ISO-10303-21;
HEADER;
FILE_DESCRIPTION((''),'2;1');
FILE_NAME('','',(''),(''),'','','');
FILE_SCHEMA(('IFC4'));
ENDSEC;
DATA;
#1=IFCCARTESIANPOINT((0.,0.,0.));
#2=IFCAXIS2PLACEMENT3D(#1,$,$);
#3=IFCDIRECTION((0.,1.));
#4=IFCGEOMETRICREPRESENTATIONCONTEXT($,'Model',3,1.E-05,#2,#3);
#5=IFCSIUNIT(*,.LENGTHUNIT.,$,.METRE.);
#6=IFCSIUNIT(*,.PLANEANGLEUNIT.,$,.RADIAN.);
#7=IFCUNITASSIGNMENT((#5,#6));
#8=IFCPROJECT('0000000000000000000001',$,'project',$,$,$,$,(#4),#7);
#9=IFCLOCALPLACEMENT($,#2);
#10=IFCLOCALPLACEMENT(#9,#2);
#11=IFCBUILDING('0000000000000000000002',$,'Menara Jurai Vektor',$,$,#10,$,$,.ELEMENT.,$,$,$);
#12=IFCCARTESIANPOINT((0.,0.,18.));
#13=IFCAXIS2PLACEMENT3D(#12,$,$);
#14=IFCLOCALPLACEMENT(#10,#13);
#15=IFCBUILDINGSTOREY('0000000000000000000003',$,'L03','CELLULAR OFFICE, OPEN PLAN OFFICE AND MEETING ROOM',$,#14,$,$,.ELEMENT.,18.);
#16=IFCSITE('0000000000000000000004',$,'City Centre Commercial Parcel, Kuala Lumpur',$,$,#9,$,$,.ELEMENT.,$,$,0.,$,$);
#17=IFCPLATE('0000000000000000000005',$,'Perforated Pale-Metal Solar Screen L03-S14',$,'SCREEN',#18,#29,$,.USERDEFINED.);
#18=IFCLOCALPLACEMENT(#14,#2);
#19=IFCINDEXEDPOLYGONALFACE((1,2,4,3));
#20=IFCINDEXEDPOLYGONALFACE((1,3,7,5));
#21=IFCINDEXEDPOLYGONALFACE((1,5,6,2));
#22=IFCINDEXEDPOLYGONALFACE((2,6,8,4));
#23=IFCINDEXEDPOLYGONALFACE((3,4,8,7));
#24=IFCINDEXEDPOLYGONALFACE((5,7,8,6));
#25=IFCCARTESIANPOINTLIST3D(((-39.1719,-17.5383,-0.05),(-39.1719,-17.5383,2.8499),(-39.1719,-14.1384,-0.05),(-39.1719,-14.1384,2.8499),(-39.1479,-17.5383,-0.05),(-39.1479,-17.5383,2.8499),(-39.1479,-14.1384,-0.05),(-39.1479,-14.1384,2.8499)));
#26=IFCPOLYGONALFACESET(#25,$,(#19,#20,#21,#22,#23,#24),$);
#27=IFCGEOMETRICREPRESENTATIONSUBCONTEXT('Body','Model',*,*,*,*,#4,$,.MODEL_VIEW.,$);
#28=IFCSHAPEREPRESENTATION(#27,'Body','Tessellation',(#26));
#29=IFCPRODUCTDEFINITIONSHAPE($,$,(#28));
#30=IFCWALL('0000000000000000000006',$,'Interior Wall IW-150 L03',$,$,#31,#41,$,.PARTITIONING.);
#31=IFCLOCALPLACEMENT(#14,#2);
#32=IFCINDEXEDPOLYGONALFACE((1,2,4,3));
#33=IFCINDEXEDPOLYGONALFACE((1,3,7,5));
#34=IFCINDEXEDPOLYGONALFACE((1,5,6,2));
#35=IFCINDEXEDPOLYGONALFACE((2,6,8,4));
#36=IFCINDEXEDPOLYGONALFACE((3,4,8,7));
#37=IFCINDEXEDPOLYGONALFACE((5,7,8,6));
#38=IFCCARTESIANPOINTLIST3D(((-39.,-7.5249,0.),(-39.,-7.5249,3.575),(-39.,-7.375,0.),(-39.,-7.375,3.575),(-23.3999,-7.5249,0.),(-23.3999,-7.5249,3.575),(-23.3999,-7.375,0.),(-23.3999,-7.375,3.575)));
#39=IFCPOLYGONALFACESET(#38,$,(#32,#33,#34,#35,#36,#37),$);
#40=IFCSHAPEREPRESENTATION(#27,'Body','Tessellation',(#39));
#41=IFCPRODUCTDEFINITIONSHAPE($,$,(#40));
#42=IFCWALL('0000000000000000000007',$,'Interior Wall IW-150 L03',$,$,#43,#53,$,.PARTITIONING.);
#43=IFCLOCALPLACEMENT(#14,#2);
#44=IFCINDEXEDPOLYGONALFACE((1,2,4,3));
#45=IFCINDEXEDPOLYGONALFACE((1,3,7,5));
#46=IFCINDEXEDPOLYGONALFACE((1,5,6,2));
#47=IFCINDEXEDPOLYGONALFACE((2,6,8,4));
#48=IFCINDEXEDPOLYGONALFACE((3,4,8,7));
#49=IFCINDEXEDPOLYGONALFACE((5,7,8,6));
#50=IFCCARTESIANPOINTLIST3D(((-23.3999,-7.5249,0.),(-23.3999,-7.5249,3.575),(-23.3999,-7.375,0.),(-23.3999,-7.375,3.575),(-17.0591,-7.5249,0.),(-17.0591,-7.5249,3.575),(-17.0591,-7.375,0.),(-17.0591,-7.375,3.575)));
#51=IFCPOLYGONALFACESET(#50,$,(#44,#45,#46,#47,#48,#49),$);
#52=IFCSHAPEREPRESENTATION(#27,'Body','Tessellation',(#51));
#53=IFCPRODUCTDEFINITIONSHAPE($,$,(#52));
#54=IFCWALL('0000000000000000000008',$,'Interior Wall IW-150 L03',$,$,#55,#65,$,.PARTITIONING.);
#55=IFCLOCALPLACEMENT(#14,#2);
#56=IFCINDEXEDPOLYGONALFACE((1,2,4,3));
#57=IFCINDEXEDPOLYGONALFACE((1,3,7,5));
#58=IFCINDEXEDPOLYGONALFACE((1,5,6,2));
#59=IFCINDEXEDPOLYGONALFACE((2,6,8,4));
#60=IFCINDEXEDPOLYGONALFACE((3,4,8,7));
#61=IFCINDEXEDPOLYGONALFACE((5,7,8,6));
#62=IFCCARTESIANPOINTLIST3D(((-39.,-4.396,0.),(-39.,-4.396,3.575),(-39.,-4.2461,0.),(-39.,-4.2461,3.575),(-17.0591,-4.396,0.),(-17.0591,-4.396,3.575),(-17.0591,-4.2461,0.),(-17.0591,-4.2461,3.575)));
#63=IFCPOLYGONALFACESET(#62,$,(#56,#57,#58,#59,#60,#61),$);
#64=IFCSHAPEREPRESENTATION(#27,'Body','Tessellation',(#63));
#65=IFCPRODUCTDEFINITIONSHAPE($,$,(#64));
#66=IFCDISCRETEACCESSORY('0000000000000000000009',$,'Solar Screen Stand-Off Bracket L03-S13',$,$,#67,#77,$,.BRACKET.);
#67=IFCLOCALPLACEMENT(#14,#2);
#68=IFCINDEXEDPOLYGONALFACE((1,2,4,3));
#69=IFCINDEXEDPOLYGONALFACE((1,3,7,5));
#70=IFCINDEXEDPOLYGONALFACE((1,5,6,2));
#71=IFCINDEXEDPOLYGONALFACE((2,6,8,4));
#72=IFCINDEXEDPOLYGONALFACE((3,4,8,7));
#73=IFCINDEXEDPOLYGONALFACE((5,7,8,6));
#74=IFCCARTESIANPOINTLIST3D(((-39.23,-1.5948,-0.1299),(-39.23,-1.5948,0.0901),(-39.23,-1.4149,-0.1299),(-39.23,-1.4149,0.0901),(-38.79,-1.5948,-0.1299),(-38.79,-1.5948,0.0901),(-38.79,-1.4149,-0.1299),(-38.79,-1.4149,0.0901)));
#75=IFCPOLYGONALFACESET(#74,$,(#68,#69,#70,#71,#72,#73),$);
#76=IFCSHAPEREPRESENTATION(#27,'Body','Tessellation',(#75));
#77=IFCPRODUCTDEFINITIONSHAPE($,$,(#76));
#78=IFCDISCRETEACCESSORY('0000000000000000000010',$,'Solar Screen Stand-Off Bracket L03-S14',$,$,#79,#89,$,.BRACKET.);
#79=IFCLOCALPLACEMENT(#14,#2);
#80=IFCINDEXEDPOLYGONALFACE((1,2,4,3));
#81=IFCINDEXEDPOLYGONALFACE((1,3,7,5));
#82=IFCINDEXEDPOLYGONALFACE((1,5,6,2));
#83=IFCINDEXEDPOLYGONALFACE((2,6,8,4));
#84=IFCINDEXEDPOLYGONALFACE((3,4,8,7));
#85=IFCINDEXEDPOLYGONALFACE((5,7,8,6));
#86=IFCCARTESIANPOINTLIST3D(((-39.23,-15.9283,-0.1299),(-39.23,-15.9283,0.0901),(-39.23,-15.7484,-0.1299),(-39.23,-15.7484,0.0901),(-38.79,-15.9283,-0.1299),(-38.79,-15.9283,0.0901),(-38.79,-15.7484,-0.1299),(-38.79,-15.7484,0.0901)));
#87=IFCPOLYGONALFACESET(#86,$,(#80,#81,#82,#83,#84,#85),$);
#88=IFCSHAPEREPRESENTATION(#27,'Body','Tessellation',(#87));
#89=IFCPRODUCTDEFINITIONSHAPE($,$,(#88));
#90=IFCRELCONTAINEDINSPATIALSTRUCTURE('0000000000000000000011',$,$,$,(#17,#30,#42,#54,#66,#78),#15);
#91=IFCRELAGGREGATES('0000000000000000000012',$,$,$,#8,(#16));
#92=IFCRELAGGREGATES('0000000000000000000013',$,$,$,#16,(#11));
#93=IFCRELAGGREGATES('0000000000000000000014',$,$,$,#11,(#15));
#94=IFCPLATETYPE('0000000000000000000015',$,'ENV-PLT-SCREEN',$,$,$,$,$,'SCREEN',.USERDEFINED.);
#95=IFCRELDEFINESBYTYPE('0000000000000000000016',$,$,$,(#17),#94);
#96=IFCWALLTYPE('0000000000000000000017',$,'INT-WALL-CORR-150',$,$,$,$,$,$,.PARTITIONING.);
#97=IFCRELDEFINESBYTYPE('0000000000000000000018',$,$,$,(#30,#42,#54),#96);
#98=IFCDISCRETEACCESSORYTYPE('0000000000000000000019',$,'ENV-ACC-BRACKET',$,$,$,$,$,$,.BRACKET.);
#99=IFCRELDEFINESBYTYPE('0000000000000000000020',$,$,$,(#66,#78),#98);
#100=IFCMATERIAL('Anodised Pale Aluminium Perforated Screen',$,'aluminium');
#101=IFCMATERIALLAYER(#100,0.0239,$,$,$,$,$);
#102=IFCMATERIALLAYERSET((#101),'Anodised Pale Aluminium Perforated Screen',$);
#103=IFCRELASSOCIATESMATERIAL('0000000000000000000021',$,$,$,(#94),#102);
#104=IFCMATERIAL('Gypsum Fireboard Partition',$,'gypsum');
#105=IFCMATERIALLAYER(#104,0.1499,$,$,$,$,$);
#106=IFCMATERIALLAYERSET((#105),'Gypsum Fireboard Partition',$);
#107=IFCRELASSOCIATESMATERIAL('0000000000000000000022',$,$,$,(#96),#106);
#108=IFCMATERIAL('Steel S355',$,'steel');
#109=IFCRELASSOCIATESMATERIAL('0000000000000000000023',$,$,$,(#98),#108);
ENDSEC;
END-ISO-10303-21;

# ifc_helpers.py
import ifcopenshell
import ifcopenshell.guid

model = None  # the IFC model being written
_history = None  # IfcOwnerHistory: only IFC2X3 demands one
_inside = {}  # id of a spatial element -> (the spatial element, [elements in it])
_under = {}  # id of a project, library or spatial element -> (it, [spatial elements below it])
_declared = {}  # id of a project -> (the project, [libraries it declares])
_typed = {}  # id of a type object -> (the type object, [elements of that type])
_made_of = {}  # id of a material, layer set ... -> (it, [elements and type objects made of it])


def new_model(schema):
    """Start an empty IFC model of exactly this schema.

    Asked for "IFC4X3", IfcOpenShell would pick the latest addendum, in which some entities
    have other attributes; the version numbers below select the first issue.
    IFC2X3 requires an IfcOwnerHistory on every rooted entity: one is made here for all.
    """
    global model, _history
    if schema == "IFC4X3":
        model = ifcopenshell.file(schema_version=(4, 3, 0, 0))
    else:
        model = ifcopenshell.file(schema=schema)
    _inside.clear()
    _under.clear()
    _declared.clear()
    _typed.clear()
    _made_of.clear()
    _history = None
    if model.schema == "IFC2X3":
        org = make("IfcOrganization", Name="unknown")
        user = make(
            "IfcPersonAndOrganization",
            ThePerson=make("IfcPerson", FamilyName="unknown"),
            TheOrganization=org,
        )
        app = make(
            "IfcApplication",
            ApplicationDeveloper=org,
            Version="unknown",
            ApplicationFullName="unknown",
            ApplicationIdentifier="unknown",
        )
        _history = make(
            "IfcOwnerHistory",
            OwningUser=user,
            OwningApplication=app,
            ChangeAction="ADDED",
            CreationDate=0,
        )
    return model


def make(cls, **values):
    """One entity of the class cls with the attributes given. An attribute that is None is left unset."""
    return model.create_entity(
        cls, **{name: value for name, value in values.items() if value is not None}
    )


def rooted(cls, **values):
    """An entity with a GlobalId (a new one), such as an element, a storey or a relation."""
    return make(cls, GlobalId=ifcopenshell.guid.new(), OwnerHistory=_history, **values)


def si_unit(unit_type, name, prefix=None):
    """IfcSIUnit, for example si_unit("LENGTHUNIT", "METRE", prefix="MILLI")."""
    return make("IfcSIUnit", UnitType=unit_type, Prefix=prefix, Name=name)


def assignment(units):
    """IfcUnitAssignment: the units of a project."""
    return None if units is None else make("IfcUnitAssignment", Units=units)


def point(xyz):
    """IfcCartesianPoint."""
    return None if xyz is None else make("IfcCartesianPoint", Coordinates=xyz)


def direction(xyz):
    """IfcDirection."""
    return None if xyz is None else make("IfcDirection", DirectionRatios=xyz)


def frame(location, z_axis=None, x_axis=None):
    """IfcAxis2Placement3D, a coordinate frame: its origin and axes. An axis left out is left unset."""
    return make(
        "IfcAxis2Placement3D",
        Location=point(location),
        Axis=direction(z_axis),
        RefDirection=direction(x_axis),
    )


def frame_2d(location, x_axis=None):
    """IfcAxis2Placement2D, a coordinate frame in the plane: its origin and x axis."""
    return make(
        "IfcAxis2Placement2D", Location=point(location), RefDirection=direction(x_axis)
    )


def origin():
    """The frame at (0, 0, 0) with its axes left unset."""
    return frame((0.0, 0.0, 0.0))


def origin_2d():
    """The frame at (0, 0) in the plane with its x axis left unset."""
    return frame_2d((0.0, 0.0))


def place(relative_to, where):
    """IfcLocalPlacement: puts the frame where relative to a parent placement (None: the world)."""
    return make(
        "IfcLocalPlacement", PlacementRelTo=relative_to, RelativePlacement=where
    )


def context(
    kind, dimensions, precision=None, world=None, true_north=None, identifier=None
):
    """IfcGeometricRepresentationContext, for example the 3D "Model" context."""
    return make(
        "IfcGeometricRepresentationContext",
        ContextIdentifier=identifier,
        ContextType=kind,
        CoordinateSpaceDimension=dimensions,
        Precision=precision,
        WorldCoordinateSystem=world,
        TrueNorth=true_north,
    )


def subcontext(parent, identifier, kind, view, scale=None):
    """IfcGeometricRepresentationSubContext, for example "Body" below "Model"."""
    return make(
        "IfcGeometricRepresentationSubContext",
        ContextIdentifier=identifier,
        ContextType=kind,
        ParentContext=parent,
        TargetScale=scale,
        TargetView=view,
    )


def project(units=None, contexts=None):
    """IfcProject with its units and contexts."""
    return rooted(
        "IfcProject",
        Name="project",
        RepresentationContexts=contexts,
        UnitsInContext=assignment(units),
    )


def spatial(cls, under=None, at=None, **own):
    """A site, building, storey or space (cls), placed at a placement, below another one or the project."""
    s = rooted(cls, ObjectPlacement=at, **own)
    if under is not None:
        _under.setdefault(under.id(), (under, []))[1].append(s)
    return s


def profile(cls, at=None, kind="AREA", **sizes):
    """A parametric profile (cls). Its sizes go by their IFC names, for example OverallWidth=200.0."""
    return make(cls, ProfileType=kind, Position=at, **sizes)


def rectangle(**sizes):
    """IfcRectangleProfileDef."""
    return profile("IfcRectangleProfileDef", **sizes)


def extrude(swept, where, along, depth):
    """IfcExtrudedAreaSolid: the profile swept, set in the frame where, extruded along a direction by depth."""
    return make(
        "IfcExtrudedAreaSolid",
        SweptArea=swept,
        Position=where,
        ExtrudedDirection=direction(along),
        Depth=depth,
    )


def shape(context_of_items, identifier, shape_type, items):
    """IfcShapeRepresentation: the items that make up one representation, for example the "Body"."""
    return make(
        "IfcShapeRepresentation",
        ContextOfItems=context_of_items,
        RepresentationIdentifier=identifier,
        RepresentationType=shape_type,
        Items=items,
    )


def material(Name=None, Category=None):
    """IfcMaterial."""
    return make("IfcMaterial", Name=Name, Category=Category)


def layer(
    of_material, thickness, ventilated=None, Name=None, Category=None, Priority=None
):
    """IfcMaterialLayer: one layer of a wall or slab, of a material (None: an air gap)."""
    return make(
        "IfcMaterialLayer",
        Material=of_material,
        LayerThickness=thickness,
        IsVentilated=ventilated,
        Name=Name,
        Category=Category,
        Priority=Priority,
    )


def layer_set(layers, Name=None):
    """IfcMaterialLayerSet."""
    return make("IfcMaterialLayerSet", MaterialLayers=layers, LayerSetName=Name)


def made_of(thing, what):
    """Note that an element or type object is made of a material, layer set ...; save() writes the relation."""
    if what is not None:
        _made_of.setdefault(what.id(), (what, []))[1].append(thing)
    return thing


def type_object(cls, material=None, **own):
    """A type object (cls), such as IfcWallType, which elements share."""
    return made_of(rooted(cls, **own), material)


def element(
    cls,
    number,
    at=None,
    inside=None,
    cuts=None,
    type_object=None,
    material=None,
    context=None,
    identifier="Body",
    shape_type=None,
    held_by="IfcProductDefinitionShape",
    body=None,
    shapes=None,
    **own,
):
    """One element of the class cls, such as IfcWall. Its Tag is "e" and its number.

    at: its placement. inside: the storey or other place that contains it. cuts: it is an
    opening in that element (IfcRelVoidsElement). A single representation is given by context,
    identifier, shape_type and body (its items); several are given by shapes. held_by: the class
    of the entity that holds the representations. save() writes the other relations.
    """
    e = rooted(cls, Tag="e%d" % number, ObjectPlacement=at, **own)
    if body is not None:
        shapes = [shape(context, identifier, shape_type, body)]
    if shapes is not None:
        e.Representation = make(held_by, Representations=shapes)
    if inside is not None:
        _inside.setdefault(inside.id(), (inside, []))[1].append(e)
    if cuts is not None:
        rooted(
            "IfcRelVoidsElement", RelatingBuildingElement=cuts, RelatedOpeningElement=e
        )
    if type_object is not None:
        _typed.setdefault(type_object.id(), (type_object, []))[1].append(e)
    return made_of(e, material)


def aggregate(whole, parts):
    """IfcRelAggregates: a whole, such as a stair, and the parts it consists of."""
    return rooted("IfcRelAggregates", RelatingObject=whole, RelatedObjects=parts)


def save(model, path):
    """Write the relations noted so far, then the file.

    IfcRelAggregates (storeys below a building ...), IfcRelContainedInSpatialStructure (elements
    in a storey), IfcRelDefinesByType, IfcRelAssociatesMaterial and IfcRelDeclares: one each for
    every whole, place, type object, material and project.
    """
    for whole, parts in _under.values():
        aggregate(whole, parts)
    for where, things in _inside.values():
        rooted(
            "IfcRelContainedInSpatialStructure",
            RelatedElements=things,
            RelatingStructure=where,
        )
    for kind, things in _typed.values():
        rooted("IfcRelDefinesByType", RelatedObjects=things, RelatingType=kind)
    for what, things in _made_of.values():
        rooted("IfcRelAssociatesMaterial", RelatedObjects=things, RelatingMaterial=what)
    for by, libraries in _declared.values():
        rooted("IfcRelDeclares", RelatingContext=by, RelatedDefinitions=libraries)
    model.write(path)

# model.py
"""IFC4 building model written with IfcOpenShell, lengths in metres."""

from ifc_helpers import new_model, si_unit, direction, frame, frame_2d, origin, origin_2d, place, context, subcontext, project, spatial, rectangle, extrude, material, layer, layer_set, type_object, element, save


model = new_model("IFC4")

# Units and contexts
model_context = context("Model", 3, precision=1e-05, world=origin(), true_north=direction((0.0, 1.0)))
body_context = subcontext(model_context, "Body", "Model", "MODEL_VIEW")
ifc_project = project(units=[si_unit("LENGTHUNIT", "METRE"), si_unit("PLANEANGLEUNIT", "RADIAN")], contexts=[model_context])

# Site, building, storey
site_placement = place(None, origin())
site = spatial("IfcSite", under=ifc_project, at=site_placement, Name="City Centre Commercial Parcel, Kuala Lumpur", CompositionType="ELEMENT", RefElevation=0.0)
building_placement = place(site_placement, origin())
building = spatial("IfcBuilding", under=site, at=building_placement, Name="Menara Jurai Vektor", CompositionType="ELEMENT")
storey_placement = place(building_placement, frame((0.0, 0.0, 18.0)))
storey = spatial("IfcBuildingStorey", under=building, at=storey_placement, Name="L03", Description="CELLULAR OFFICE, OPEN PLAN OFFICE AND MEETING ROOM", CompositionType="ELEMENT", Elevation=18.0)

# Shared definitions
ifc_material_1 = material(Name="Steel S355", Category="steel")

# Plate
ifc_material_2 = material(Name="Anodised Pale Aluminium Perforated Screen", Category="aluminium")
ifc_layer_1 = layer(ifc_material_2, 0.0239)
ifc_layer_set_1 = layer_set([ifc_layer_1], Name="Anodised Pale Aluminium Perforated Screen")
plate_type_1 = type_object("IfcPlateType", Name="ENV-PLT-SCREEN", ElementType="SCREEN", PredefinedType="USERDEFINED", material=ifc_layer_set_1)
for number, where, z_axis, x_axis, name in (
    (1, (-39.1599, -15.8384, -0.05), (0.0, 0.0, 1.0), (0.0, -1.0, 0.0), "Perforated Pale-Metal Solar Screen L03-S14"),
):
    element("IfcPlate", number, at=place(storey_placement, frame(where, z_axis=z_axis, x_axis=x_axis)), inside=storey, type_object=plate_type_1, Name=name, ObjectType="SCREEN", PredefinedType="USERDEFINED", context=body_context, shape_type="SweptSolid", body=[
        extrude(rectangle(XDim=3.3999, YDim=0.0239, at=origin_2d()), origin(), (0.0, 0.0, 1.0), 2.8999),
    ])

# Walls
ifc_material_3 = material(Name="Gypsum Fireboard Partition", Category="gypsum")
ifc_layer_2 = layer(ifc_material_3, 0.1499)
ifc_layer_set_2 = layer_set([ifc_layer_2], Name="Gypsum Fireboard Partition")
wall_type = type_object("IfcWallType", Name="INT-WALL-CORR-150", PredefinedType="PARTITIONING", material=ifc_layer_set_2)
wall_1_placement = place(storey_placement, frame((-39.0, -7.45, 0.0), z_axis=(0.0, 0.0, 1.0), x_axis=(1.0, 0.0, 0.0)))
element("IfcWall", 2, at=wall_1_placement, inside=storey, type_object=wall_type, Name="Interior Wall IW-150 L03", PredefinedType="PARTITIONING", context=body_context, shape_type="SweptSolid", body=[
    extrude(rectangle(XDim=15.6001, YDim=0.1499, at=frame_2d((7.8, 0.0))), origin(), (0.0, 0.0, 1.0), 3.575),
])
wall_2_placement = place(storey_placement, frame((-23.3999, -7.45, 0.0), z_axis=(0.0, 0.0, 1.0), x_axis=(1.0, 0.0, 0.0)))
element("IfcWall", 3, at=wall_2_placement, inside=storey, type_object=wall_type, Name="Interior Wall IW-150 L03", PredefinedType="PARTITIONING", context=body_context, shape_type="SweptSolid", body=[
    extrude(rectangle(XDim=6.3408, YDim=0.1499, at=frame_2d((3.1704, 0.0))), origin(), (0.0, 0.0, 1.0), 3.575),
])
wall_3_placement = place(storey_placement, frame((-39.0, -4.321, 0.0), z_axis=(0.0, 0.0, 1.0), x_axis=(1.0, 0.0, 0.0)))
element("IfcWall", 4, at=wall_3_placement, inside=storey, type_object=wall_type, Name="Interior Wall IW-150 L03", PredefinedType="PARTITIONING", context=body_context, shape_type="SweptSolid", body=[
    extrude(rectangle(XDim=21.9409, YDim=0.1499, at=frame_2d((10.9705, 0.0))), origin(), (0.0, 0.0, 1.0), 3.575),
])

# Discrete accessories
discrete_accessory_type = type_object("IfcDiscreteAccessoryType", Name="ENV-ACC-BRACKET", PredefinedType="BRACKET", material=ifc_material_1)
for number, where, z_axis, x_axis, name in (
    (5, (-39.01, -1.5049, -0.1299), (0.0, 0.0, 1.0), (0.0, -1.0, 0.0), "Solar Screen Stand-Off Bracket L03-S13"),
    (6, (-39.01, -15.8384, -0.1299), (0.0, 0.0, 1.0), (0.0, -1.0, 0.0), "Solar Screen Stand-Off Bracket L03-S14"),
):
    element("IfcDiscreteAccessory", number, at=place(storey_placement, frame(where, z_axis=z_axis, x_axis=x_axis)), inside=storey, type_object=discrete_accessory_type, Name=name, PredefinedType="BRACKET", context=body_context, shape_type="SweptSolid", body=[
        extrude(rectangle(XDim=0.1799, YDim=0.4399, at=origin_2d()), origin(), (0.0, 0.0, 1.0), 0.22),
    ])

save(model, "model.ifc")
